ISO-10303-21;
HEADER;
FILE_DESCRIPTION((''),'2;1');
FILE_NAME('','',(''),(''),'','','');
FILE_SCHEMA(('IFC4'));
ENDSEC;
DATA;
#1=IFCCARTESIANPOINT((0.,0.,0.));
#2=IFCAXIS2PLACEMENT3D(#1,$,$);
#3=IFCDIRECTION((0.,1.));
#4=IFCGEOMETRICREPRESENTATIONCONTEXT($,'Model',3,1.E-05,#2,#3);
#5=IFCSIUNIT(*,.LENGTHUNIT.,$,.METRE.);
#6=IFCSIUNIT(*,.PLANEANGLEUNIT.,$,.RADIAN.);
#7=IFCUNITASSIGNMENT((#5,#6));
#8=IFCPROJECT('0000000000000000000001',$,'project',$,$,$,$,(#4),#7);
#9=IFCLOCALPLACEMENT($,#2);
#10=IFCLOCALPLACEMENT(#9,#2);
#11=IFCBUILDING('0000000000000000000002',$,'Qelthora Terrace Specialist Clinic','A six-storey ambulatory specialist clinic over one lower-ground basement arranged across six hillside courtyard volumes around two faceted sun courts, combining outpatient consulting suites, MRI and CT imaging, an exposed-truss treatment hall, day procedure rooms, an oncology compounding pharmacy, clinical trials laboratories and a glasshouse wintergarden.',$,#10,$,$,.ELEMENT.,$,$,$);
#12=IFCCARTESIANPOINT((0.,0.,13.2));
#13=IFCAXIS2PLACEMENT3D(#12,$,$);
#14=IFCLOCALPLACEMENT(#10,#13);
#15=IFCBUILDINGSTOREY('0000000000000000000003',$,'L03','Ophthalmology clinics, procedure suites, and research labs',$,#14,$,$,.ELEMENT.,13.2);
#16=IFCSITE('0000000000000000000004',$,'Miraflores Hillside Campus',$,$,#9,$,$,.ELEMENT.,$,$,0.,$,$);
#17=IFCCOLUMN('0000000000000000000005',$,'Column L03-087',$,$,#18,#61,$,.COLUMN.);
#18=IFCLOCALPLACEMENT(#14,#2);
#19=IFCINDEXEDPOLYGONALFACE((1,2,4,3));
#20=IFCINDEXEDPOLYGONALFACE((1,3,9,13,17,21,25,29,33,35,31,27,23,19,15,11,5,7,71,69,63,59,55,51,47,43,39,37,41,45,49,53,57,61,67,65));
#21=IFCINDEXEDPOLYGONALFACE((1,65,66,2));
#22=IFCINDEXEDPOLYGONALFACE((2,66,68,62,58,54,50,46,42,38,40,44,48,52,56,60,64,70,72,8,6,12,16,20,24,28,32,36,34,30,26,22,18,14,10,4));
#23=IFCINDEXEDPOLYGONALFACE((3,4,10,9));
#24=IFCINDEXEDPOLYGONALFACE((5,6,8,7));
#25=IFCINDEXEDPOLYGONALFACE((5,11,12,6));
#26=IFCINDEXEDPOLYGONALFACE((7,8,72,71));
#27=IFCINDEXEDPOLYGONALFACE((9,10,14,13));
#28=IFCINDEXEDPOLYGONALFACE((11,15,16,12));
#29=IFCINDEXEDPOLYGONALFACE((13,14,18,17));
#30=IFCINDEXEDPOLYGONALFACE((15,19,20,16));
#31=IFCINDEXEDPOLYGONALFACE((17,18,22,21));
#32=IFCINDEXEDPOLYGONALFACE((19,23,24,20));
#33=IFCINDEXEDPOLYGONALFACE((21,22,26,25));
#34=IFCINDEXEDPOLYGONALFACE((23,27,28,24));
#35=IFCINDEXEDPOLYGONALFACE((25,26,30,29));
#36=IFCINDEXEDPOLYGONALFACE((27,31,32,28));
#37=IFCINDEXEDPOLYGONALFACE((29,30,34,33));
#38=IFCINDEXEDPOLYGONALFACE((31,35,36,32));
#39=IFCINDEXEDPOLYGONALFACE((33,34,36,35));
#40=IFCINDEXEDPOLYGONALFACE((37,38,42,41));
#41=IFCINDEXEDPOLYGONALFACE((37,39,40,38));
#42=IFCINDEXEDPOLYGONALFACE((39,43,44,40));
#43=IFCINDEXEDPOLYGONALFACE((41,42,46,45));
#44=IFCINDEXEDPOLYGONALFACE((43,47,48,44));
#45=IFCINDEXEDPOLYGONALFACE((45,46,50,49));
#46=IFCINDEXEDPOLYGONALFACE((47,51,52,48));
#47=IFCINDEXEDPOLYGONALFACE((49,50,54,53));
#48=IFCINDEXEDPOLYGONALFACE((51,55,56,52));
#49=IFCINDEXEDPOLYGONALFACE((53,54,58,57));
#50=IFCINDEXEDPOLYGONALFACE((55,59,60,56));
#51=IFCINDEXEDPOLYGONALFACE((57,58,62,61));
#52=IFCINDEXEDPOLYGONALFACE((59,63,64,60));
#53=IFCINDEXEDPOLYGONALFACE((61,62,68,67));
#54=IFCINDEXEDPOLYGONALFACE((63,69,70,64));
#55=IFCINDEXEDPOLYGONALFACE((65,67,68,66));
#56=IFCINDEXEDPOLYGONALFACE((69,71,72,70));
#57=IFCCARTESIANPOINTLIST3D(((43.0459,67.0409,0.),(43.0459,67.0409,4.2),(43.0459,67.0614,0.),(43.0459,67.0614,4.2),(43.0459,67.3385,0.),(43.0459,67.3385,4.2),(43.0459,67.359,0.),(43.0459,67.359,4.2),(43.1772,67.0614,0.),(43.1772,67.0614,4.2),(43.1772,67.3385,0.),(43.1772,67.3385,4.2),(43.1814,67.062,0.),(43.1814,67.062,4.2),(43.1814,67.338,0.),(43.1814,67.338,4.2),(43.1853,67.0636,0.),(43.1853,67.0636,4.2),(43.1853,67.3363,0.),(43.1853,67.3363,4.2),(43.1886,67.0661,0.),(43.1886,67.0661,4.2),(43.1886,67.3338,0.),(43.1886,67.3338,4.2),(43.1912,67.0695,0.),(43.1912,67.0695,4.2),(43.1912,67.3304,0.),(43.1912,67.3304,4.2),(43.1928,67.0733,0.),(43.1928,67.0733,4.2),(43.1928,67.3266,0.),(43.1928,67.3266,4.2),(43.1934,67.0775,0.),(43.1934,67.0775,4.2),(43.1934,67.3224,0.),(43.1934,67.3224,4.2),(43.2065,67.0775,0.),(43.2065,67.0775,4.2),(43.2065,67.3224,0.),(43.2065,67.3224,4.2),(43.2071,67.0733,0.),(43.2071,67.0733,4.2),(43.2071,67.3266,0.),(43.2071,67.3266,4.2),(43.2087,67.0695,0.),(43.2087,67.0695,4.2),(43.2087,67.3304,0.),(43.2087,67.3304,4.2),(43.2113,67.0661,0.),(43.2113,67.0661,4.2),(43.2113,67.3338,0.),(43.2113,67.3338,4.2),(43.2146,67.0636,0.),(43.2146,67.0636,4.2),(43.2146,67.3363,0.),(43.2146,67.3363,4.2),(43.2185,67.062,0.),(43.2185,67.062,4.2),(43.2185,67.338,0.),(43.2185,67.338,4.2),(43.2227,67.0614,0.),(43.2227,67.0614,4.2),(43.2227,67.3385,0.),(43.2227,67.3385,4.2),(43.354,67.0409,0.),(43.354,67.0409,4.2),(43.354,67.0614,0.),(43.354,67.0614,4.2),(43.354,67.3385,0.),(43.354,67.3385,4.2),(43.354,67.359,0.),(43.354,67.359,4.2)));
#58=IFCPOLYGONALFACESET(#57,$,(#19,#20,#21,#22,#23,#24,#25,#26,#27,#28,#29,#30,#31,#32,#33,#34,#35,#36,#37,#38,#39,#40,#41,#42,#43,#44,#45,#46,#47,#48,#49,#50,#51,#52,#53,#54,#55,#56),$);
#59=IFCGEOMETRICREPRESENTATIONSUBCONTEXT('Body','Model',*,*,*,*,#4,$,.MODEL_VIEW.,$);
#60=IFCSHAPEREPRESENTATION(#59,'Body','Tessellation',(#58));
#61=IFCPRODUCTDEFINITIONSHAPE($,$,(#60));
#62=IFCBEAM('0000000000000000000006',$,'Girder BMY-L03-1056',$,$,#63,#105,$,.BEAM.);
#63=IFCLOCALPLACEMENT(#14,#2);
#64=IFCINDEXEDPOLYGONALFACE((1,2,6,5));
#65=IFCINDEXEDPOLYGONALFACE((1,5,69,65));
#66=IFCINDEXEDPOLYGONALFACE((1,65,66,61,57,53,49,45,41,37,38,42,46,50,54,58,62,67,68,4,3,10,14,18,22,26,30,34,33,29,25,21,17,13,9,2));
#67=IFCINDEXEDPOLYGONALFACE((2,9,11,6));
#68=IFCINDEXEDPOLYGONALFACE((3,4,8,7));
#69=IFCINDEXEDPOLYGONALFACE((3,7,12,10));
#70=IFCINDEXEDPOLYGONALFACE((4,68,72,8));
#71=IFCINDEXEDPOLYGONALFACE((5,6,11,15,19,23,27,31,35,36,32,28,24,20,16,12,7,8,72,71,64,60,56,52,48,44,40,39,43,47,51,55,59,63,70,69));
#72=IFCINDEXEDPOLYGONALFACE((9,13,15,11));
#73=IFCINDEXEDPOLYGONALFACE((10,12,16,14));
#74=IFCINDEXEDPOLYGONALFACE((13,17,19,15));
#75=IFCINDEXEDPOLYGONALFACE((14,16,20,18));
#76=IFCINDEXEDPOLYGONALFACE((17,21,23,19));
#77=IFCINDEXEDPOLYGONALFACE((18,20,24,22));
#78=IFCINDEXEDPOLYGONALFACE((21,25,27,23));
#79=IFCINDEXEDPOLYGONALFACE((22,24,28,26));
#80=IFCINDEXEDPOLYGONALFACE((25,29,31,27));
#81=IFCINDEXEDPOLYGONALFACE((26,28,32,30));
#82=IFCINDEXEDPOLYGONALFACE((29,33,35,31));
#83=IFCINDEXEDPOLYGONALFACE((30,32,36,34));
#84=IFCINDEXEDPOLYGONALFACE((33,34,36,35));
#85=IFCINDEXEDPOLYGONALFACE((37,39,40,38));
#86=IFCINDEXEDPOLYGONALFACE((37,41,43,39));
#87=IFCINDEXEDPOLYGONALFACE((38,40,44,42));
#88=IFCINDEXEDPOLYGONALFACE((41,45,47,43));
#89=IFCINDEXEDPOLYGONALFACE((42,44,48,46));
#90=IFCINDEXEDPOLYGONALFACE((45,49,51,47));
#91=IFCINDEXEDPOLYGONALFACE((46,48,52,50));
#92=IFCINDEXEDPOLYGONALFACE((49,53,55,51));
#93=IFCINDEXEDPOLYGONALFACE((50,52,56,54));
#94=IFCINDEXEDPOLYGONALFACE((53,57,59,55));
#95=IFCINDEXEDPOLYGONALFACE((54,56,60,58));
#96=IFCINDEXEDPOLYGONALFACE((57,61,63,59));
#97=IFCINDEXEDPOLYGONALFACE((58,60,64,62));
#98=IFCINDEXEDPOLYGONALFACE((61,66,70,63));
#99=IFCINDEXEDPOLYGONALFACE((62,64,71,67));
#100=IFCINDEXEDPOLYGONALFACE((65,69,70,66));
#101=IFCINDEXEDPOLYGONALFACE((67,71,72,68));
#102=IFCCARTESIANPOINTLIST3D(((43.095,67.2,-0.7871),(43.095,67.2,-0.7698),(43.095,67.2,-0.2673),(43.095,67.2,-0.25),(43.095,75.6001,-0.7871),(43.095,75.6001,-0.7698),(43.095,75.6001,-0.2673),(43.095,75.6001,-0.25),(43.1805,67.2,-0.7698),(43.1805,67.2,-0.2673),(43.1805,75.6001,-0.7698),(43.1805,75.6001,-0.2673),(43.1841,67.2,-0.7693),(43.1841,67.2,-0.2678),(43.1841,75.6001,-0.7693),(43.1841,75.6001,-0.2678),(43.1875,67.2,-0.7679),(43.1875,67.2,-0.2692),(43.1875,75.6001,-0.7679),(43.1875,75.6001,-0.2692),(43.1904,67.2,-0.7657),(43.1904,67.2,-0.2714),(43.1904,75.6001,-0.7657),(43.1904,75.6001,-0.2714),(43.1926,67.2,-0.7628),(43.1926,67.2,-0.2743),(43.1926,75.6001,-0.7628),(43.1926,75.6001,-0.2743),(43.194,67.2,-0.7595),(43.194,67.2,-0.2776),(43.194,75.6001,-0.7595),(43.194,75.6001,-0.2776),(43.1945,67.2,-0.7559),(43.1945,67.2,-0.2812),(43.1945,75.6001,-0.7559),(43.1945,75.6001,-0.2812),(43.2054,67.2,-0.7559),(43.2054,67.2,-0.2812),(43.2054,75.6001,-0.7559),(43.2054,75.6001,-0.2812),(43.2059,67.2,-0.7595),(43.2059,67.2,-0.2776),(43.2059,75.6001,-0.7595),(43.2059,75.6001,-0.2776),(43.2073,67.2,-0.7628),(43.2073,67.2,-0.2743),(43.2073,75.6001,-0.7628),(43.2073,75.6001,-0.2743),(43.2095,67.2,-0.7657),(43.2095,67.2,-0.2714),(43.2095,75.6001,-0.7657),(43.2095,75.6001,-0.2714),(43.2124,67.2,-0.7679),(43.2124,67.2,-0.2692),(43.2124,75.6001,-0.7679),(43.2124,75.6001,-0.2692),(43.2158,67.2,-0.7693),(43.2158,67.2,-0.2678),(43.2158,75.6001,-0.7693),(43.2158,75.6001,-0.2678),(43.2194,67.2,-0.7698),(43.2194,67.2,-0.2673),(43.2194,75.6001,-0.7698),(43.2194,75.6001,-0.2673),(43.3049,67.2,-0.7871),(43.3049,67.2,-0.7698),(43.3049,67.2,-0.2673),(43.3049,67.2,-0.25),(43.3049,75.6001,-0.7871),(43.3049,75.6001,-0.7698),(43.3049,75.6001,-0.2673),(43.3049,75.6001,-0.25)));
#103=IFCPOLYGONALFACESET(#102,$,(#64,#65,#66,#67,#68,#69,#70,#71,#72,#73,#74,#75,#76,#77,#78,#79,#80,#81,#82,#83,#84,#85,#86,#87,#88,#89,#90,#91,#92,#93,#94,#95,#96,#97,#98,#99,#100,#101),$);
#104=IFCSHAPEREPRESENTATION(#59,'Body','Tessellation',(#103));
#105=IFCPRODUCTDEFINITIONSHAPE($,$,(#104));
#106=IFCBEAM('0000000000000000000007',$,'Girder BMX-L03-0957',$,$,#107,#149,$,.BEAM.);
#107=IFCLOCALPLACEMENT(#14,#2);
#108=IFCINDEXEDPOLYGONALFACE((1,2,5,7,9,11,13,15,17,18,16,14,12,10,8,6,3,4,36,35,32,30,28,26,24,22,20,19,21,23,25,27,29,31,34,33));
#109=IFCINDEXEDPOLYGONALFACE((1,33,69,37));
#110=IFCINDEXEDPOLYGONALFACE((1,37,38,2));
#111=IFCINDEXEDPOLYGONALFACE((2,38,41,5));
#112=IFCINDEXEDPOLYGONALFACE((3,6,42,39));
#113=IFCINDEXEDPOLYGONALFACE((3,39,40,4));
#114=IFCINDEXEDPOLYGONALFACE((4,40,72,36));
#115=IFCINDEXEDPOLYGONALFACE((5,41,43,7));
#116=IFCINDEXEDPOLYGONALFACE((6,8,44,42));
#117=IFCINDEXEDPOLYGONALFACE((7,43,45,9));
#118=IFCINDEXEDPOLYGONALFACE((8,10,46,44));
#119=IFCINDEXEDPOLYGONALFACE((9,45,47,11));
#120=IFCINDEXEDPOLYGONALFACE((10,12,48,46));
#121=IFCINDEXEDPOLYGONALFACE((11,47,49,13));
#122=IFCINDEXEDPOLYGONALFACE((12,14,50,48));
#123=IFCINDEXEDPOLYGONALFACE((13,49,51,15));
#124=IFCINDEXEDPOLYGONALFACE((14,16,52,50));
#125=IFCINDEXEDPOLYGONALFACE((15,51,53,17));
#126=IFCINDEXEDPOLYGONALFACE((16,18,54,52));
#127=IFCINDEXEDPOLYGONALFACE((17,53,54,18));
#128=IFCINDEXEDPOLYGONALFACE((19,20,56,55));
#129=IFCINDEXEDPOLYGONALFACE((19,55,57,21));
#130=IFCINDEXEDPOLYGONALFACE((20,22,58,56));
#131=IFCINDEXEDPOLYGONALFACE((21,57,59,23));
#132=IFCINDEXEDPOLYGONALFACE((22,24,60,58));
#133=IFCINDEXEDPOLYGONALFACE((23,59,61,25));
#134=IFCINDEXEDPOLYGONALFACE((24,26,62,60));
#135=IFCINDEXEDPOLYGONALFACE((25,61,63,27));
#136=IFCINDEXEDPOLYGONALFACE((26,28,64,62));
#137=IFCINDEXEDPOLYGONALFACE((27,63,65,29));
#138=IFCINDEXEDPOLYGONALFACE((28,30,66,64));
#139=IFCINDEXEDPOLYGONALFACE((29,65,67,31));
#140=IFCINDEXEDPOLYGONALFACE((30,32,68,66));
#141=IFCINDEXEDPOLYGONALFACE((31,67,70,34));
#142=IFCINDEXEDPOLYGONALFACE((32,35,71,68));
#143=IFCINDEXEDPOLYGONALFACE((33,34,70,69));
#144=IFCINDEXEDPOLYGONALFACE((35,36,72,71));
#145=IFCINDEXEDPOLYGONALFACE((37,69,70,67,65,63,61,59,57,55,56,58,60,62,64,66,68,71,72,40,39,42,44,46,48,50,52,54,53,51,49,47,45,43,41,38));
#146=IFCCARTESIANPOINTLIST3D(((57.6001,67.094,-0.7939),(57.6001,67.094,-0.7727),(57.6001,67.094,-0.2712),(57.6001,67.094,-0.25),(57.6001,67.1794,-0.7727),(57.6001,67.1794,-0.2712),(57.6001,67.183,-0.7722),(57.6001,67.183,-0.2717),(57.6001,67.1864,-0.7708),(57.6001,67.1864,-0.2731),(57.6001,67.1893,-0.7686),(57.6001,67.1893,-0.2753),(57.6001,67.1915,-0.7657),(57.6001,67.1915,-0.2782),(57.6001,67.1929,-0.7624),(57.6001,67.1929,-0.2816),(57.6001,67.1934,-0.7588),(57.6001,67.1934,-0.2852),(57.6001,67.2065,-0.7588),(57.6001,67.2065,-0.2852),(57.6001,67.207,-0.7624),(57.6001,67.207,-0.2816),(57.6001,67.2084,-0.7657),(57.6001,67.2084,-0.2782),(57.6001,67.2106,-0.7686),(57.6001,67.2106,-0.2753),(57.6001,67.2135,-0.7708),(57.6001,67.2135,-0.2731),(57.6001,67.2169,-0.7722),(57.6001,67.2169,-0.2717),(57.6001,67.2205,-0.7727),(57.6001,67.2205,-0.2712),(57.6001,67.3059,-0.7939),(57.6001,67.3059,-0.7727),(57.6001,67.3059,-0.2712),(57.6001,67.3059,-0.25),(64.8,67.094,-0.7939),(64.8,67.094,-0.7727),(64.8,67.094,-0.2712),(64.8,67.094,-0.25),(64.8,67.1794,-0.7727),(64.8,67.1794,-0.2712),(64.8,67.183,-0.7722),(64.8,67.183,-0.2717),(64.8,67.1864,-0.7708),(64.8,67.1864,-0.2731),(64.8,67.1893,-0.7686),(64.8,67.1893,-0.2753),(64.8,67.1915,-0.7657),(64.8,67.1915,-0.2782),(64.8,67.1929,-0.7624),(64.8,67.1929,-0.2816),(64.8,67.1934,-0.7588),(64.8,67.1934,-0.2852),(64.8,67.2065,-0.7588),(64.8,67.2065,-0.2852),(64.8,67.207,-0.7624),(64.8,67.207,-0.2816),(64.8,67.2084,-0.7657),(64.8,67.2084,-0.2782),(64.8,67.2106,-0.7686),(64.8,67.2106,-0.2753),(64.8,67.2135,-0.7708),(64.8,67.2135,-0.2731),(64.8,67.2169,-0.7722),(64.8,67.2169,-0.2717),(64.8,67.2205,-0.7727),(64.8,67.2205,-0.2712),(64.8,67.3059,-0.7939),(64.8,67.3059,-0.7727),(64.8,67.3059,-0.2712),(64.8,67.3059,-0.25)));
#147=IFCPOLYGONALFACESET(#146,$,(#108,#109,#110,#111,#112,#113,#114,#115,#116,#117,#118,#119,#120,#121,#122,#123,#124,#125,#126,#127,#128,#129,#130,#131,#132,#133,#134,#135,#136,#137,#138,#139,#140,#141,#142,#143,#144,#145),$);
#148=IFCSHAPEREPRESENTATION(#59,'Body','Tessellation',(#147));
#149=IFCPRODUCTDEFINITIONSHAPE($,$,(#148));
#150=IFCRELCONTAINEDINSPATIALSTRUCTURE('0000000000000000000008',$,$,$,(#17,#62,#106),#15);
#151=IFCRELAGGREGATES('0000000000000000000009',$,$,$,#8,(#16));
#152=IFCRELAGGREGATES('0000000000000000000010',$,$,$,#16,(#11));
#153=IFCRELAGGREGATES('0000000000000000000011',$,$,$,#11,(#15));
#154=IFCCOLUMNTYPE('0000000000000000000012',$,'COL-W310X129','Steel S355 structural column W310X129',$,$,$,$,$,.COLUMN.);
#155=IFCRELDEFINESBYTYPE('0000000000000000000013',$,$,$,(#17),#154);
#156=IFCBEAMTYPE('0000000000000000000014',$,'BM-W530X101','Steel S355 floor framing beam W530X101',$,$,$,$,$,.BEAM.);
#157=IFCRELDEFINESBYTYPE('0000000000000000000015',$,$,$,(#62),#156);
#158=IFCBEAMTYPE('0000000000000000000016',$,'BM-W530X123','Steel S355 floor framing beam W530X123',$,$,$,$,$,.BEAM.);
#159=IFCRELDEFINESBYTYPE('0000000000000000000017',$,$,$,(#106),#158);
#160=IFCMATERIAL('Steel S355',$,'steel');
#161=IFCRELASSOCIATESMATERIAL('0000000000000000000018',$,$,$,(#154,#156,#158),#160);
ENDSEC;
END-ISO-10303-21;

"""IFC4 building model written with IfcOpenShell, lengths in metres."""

from ifc_helpers import new_model, si_unit, direction, frame, origin, origin_2d, place, context, subcontext, project, spatial, i_section, extrude, material, material_profile, profile_set, type_object, element, save


model = new_model("IFC4")

# Units and contexts
model_context = context("Model", 3, precision=1e-05, world=origin(), true_north=direction((0.0, 1.0)))
body_context = subcontext(model_context, "Body", "Model", "MODEL_VIEW")
ifc_project = project(units=[si_unit("LENGTHUNIT", "METRE"), si_unit("PLANEANGLEUNIT", "RADIAN")], contexts=[model_context])

# Site, building, storey
site_placement = place(None, origin())
site = spatial("IfcSite", under=ifc_project, at=site_placement, Name="Miraflores Hillside Campus", CompositionType="ELEMENT", RefElevation=0.0)
building_placement = place(site_placement, origin())
building = spatial("IfcBuilding", under=site, at=building_placement, Name="Qelthora Terrace Specialist Clinic", Description="A six-storey ambulatory specialist clinic over one lower-ground basement arranged across six hillside courtyard volumes around two faceted sun courts, combining outpatient consulting suites, MRI and CT imaging, an exposed-truss treatment hall, day procedure rooms, an oncology compounding pharmacy, clinical trials laboratories and a glasshouse wintergarden.", CompositionType="ELEMENT")
storey_placement = place(building_placement, frame((0.0, 0.0, 13.2)))
storey = spatial("IfcBuildingStorey", under=building, at=storey_placement, Name="L03", Description="Ophthalmology clinics, procedure suites, and research labs", CompositionType="ELEMENT", Elevation=13.2)

# Column
ifc_material_1 = material(Name="Steel S355", Category="steel")
ifc_material_profile_1 = material_profile(ifc_material_1, i_section(OverallWidth=0.3081, OverallDepth=0.3181, WebThickness=0.0132, FlangeThickness=0.0205, FilletRadius=0.0161, at=origin_2d()), Name="W310X129")
ifc_profile_set_1 = profile_set([ifc_material_profile_1], Name="Steel S355")
column_type = type_object("IfcColumnType", Name="COL-W310X129", Description="Steel S355 structural column W310X129", PredefinedType="COLUMN", material=ifc_profile_set_1)
column_placement = place(storey_placement, frame((43.2, 67.2, 0.0), z_axis=(0.0, 0.0, 1.0), x_axis=(1.0, 0.0, 0.0)))
element("IfcColumn", 1, at=column_placement, inside=storey, type_object=column_type, Name="Column L03-087", PredefinedType="COLUMN", context=body_context, shape_type="SweptSolid", body=[
    extrude(i_section(OverallWidth=0.3081, OverallDepth=0.3181, WebThickness=0.0132, FlangeThickness=0.0205, FilletRadius=0.0161, at=origin_2d()), origin(), (0.0, 0.0, 1.0), 4.2),
])

# Beams
ifc_material_profile_2 = material_profile(ifc_material_1, i_section(OverallWidth=0.21, OverallDepth=0.5371, WebThickness=0.011, FlangeThickness=0.0173, FilletRadius=0.0139, at=origin_2d()), Name="W530X101")
ifc_profile_set_2 = profile_set([ifc_material_profile_2], Name="Steel S355")
beam_type_1 = type_object("IfcBeamType", Name="BM-W530X101", Description="Steel S355 floor framing beam W530X101", PredefinedType="BEAM", material=ifc_profile_set_2)
beam_1_placement = place(storey_placement, frame((43.2, 67.2, -0.5186), z_axis=(0.0, 1.0, 0.0), x_axis=(-1.0, 0.0, 0.0)))
element("IfcBeam", 2, at=beam_1_placement, inside=storey, type_object=beam_type_1, Name="Girder BMY-L03-1056", PredefinedType="BEAM", context=body_context, shape_type="SweptSolid", body=[
    extrude(i_section(OverallWidth=0.21, OverallDepth=0.5371, WebThickness=0.011, FlangeThickness=0.0173, FilletRadius=0.0139, at=origin_2d()), origin(), (0.0, 0.0, 1.0), 8.4001),
])
ifc_material_profile_3 = material_profile(ifc_material_1, i_section(OverallWidth=0.2119, OverallDepth=0.5439, WebThickness=0.0132, FlangeThickness=0.0212, FilletRadius=0.0139, at=origin_2d()), Name="W530X123")
ifc_profile_set_3 = profile_set([ifc_material_profile_3], Name="Steel S355")
beam_type_2 = type_object("IfcBeamType", Name="BM-W530X123", Description="Steel S355 floor framing beam W530X123", PredefinedType="BEAM", material=ifc_profile_set_3)
beam_2_placement = place(storey_placement, frame((57.6001, 67.2, -0.522), z_axis=(1.0, 0.0, 0.0), x_axis=(0.0, 1.0, 0.0)))
element("IfcBeam", 3, at=beam_2_placement, inside=storey, type_object=beam_type_2, Name="Girder BMX-L03-0957", PredefinedType="BEAM", context=body_context, shape_type="SweptSolid", body=[
    extrude(i_section(OverallWidth=0.2119, OverallDepth=0.5439, WebThickness=0.0132, FlangeThickness=0.0212, FilletRadius=0.0139, at=origin_2d()), origin(), (0.0, 0.0, 1.0), 7.2),
])

save(model, "model.ifc")
